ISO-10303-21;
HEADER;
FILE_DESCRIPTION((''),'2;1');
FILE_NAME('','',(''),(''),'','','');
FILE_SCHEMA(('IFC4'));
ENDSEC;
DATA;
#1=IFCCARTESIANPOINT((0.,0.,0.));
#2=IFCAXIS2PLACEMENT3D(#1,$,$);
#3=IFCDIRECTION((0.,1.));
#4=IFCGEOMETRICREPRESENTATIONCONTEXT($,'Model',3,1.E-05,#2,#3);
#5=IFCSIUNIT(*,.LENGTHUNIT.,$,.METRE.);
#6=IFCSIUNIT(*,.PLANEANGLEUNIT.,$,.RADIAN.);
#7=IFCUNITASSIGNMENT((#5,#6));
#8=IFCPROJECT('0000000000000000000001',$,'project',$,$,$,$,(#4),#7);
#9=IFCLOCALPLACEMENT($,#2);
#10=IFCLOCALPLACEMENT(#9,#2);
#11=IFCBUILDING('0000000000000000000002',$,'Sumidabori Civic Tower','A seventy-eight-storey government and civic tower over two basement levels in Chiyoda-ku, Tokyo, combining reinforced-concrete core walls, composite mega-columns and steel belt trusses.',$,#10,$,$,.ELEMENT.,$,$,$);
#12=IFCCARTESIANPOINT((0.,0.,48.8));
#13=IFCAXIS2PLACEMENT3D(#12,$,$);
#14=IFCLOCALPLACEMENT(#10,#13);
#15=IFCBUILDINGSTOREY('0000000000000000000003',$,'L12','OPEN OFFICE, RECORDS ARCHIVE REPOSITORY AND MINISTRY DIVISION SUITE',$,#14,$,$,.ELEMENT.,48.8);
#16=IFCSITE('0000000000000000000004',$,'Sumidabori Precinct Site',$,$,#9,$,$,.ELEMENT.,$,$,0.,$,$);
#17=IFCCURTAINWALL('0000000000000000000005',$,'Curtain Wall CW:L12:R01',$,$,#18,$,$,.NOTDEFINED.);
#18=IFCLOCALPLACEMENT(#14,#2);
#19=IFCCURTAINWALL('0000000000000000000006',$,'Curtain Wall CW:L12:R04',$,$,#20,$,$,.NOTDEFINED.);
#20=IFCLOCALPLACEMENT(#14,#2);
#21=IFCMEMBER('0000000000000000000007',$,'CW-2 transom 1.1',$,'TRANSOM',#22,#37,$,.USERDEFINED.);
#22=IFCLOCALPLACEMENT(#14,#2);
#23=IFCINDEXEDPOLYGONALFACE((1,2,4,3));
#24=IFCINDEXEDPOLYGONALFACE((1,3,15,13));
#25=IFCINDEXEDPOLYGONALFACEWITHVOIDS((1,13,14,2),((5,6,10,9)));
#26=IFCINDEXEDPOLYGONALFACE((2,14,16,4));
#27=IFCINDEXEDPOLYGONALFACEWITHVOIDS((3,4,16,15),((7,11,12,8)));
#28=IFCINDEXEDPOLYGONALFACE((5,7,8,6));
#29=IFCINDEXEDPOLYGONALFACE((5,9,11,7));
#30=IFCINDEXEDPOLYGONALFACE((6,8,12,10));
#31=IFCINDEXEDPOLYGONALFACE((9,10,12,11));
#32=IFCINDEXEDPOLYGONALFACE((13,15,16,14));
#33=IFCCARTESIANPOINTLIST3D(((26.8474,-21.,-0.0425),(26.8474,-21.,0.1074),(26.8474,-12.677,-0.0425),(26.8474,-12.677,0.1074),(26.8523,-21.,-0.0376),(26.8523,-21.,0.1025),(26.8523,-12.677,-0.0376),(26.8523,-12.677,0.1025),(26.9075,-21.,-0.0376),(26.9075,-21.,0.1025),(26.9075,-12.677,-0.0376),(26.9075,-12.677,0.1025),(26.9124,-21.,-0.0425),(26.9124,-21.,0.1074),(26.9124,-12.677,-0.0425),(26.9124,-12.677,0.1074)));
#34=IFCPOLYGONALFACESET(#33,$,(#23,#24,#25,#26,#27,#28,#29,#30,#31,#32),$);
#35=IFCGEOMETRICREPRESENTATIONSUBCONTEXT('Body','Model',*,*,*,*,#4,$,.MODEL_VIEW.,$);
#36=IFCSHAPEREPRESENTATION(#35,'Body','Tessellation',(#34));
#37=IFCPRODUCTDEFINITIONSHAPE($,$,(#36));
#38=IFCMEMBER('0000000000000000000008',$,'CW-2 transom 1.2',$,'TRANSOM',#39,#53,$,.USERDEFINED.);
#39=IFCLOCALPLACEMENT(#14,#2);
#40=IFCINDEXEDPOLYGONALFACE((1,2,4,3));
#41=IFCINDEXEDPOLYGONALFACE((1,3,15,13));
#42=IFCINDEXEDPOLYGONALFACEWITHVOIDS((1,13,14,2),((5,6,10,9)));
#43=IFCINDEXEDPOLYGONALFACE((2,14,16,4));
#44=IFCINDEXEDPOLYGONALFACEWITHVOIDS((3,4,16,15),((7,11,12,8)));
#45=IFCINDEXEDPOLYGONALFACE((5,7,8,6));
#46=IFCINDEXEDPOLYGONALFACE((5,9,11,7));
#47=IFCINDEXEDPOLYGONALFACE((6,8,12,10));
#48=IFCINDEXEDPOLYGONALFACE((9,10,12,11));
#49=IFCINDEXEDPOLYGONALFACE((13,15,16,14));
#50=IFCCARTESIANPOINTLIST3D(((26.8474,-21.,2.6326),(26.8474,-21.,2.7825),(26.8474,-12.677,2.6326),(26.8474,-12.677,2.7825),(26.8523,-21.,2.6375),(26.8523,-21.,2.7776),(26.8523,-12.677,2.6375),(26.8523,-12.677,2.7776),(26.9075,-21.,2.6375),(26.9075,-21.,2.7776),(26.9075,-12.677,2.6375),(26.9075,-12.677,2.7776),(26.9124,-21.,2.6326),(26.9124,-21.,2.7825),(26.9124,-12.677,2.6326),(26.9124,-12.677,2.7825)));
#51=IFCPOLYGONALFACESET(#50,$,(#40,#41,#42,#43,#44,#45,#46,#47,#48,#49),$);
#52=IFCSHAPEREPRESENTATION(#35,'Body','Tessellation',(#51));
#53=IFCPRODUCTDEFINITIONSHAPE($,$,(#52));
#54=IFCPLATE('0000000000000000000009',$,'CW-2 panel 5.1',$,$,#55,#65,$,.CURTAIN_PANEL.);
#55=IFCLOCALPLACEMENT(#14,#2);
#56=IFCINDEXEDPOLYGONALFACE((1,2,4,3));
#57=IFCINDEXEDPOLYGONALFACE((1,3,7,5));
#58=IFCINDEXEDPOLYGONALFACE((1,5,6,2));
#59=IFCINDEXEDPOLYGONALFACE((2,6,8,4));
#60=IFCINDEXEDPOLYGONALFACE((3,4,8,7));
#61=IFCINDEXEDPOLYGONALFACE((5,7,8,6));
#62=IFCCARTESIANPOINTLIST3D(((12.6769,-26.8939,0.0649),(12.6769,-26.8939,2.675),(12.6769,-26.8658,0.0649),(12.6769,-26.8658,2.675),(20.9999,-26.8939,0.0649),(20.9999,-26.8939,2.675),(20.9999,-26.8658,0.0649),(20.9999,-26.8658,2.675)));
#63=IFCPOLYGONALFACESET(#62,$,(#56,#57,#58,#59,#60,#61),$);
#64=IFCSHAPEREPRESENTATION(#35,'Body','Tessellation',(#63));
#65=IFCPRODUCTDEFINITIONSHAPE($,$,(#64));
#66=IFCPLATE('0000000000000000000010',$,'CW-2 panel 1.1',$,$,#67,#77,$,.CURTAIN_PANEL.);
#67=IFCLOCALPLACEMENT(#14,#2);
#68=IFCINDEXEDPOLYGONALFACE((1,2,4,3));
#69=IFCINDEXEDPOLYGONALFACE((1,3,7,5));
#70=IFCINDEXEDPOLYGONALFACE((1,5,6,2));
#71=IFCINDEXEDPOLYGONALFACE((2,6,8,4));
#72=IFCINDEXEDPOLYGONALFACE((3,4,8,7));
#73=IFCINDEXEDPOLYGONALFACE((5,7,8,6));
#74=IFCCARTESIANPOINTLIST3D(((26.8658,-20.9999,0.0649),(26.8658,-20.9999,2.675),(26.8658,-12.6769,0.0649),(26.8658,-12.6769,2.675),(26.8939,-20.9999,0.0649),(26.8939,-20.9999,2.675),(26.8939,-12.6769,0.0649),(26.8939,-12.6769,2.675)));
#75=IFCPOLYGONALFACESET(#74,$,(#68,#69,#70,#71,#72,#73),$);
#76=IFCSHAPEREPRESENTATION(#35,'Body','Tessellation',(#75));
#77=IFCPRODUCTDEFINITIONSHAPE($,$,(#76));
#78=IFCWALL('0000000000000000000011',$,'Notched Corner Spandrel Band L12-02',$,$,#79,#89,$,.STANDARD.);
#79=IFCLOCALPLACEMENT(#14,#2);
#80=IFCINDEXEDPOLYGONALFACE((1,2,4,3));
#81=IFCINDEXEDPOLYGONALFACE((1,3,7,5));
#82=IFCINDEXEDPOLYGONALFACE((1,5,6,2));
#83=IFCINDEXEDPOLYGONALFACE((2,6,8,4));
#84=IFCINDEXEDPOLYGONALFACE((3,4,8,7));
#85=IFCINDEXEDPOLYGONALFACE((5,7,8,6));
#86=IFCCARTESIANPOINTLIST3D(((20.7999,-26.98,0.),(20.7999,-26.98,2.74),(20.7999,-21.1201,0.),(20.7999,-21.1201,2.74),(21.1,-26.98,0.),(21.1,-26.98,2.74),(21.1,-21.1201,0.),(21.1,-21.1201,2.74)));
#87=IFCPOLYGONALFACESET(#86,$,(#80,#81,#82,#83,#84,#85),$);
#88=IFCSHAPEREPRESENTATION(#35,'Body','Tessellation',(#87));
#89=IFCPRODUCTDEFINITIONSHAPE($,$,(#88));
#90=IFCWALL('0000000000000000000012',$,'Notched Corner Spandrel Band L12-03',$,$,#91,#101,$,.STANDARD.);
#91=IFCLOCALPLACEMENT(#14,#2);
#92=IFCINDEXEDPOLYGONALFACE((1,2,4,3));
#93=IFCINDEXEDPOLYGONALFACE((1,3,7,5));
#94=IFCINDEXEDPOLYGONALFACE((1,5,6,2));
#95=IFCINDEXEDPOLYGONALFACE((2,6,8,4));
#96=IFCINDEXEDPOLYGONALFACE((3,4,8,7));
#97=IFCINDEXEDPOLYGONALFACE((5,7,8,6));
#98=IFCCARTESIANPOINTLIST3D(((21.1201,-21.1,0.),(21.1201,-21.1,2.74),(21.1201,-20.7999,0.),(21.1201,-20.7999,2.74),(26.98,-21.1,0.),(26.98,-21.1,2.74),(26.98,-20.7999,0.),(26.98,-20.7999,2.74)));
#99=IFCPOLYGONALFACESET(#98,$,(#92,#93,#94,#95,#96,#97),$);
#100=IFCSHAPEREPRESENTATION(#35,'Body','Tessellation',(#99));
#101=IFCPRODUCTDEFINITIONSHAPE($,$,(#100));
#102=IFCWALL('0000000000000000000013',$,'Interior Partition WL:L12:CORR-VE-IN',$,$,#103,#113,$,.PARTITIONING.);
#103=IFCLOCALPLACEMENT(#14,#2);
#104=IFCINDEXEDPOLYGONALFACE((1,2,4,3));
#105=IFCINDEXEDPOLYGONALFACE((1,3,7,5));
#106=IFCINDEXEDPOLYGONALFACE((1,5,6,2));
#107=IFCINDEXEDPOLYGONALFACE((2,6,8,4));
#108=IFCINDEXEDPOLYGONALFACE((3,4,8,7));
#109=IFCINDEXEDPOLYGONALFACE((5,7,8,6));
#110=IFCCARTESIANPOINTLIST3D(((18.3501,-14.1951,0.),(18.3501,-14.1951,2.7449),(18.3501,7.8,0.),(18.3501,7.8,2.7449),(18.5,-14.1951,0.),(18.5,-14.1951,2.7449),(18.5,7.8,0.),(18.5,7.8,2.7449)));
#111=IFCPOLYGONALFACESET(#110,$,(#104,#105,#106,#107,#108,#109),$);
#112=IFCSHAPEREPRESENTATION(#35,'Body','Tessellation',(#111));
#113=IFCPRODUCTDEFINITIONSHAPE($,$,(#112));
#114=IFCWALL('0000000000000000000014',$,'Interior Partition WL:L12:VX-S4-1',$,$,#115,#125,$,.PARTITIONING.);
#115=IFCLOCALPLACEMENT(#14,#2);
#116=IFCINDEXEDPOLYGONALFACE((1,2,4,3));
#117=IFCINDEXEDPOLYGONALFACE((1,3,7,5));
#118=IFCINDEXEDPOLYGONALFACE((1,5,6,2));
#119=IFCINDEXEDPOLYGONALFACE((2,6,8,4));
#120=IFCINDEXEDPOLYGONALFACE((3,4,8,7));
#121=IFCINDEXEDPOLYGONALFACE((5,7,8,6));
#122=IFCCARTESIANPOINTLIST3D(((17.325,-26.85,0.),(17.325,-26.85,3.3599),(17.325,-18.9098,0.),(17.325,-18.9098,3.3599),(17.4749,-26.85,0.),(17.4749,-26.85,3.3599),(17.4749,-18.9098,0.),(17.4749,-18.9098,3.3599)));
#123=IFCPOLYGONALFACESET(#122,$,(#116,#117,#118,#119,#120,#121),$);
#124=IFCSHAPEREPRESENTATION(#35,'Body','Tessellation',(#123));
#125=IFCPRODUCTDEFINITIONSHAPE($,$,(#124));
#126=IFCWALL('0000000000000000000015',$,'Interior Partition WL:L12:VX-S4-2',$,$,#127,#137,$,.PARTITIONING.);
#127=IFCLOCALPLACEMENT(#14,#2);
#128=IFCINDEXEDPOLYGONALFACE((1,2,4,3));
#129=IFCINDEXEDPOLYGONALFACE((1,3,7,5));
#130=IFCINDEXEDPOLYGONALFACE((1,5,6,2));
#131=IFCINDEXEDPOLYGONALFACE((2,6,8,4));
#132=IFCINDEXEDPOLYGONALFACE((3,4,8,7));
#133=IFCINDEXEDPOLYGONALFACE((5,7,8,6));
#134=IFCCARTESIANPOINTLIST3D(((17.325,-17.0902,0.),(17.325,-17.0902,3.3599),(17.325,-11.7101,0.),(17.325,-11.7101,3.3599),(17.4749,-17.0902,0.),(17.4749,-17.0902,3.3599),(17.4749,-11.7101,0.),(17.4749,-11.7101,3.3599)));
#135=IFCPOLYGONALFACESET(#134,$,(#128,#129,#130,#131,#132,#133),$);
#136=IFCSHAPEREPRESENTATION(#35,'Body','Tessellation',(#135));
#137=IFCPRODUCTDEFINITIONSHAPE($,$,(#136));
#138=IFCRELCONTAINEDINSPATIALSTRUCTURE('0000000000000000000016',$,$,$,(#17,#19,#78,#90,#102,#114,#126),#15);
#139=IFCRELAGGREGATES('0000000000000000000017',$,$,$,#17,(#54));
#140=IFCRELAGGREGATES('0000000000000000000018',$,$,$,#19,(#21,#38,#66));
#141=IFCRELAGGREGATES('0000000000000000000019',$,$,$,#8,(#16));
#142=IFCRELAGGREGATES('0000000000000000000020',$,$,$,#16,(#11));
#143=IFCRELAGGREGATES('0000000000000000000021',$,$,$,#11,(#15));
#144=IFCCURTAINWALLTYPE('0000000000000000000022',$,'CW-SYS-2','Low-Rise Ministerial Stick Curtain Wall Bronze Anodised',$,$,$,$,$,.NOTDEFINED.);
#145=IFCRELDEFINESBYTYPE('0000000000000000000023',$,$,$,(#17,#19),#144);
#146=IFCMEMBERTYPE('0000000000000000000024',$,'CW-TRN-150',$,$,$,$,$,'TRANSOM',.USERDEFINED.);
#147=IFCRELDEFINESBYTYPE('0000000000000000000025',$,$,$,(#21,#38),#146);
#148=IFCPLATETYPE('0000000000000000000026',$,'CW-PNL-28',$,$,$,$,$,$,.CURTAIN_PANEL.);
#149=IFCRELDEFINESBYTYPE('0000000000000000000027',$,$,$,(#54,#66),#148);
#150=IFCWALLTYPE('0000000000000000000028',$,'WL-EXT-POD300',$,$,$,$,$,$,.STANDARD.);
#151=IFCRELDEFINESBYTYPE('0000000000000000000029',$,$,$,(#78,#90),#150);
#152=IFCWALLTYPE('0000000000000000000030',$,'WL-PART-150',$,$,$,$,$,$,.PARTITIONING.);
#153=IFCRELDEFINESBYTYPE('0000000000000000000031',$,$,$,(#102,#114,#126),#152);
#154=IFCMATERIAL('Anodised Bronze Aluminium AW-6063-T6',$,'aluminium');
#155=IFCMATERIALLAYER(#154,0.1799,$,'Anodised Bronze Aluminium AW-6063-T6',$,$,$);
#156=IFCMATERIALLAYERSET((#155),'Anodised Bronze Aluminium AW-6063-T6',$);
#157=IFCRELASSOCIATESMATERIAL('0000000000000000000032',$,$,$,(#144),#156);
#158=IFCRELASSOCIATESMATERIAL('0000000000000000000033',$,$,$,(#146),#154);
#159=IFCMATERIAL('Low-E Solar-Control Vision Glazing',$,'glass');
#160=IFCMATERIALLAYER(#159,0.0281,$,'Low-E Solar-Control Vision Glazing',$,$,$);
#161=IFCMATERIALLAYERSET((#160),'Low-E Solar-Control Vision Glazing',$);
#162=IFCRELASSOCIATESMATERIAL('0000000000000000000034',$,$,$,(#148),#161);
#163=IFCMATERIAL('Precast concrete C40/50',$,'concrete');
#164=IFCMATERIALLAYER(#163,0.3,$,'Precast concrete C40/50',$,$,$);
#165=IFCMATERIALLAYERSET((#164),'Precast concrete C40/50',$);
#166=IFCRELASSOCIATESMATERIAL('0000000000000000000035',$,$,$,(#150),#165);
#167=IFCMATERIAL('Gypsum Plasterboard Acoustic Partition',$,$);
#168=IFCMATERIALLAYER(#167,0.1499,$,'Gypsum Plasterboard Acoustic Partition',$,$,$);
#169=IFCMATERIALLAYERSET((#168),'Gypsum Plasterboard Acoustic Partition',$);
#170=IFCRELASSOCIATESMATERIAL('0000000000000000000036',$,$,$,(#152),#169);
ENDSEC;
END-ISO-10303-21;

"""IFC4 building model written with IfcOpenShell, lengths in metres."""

from ifc_helpers import new_model, si_unit, direction, frame, frame_2d, origin, origin_2d, place, context, subcontext, project, spatial, rectangle, hollow_rectangle, extrude, source, transform, mapped, material, layer, layer_set, material_profile, profile_set, type_object, element, aggregate, save


model = new_model("IFC4")

# Units and contexts
model_context = context("Model", 3, precision=1e-05, world=origin(), true_north=direction((0.0, 1.0)))
body_context = subcontext(model_context, "Body", "Model", "MODEL_VIEW")
ifc_project = project(units=[si_unit("LENGTHUNIT", "METRE"), si_unit("PLANEANGLEUNIT", "RADIAN")], contexts=[model_context])

# Site, building, storey
site_placement = place(None, origin())
site = spatial("IfcSite", under=ifc_project, at=site_placement, Name="Sumidabori Precinct Site", CompositionType="ELEMENT", RefElevation=0.0)
building_placement = place(site_placement, origin())
building = spatial("IfcBuilding", under=site, at=building_placement, Name="Sumidabori Civic Tower", Description="A seventy-eight-storey government and civic tower over two basement levels in Chiyoda-ku, Tokyo, combining reinforced-concrete core walls, composite mega-columns and steel belt trusses.", CompositionType="ELEMENT")
storey_placement = place(building_placement, frame((0.0, 0.0, 48.8)))
storey = spatial("IfcBuildingStorey", under=building, at=storey_placement, Name="L12", Description="OPEN OFFICE, RECORDS ARCHIVE REPOSITORY AND MINISTRY DIVISION SUITE", CompositionType="ELEMENT", Elevation=48.8)

# Curtain walls
ifc_material_1 = material(Name="Anodised Bronze Aluminium AW-6063-T6", Category="aluminium")
ifc_layer_1 = layer(ifc_material_1, 0.1799, Name="Anodised Bronze Aluminium AW-6063-T6")
ifc_layer_set_1 = layer_set([ifc_layer_1], Name="Anodised Bronze Aluminium AW-6063-T6")
curtain_wall_type = type_object("IfcCurtainWallType", Name="CW-SYS-2", Description="Low-Rise Ministerial Stick Curtain Wall Bronze Anodised", PredefinedType="NOTDEFINED", material=ifc_layer_set_1)
curtain_wall_1_placement = place(storey_placement, origin())
curtain_wall_1 = element("IfcCurtainWall", 1, at=curtain_wall_1_placement, inside=storey, type_object=curtain_wall_type, Name="Curtain Wall CW:L12:R01", PredefinedType="NOTDEFINED")
curtain_wall_2_placement = place(storey_placement, origin())
curtain_wall_2 = element("IfcCurtainWall", 2, at=curtain_wall_2_placement, inside=storey, type_object=curtain_wall_type, Name="Curtain Wall CW:L12:R04", PredefinedType="NOTDEFINED")

# Members
ifc_material_profile_1 = material_profile(ifc_material_1, hollow_rectangle(XDim=0.0649, YDim=0.1499, WallThickness=0.0049, at=origin_2d()), Name="ALU TRANSOM 150x65")
ifc_profile_set_1 = profile_set([ifc_material_profile_1], Name="Anodised Bronze Aluminium AW-6063-T6")
member_type_1 = type_object("IfcMemberType", Name="CW-TRN-150", ElementType="TRANSOM", PredefinedType="USERDEFINED", material=ifc_profile_set_1)
shared_shape_1 = source(origin(), body_context, "Body", "SweptSolid", [
    extrude(hollow_rectangle(XDim=0.0649, YDim=0.1499, WallThickness=0.0049, at=origin_2d()), origin(), (0.0, 0.0, 1.0), 8.323),
])
member_1_placement = place(storey_placement, frame((26.8799, -21.0, 0.0325), z_axis=(0.0, 1.0, 0.0), x_axis=(-1.0, 0.0, 0.0)))
member_1 = element("IfcMember", 3, at=member_1_placement, type_object=member_type_1, Name="CW-2 transom 1.1", ObjectType="TRANSOM", PredefinedType="USERDEFINED", context=body_context, shape_type="MappedRepresentation", body=[
    mapped(shared_shape_1, transform((0.0, 0.0, 0.0), x_axis=(1.0, 0.0, 0.0), y_axis=(0.0, 1.0, 0.0), z_axis=(0.0, 0.0, 1.0), scale=1.0)),
])
member_2_placement = place(storey_placement, frame((26.8799, -21.0, 2.7075), z_axis=(0.0, 1.0, 0.0), x_axis=(-1.0, 0.0, 0.0)))
member_2 = element("IfcMember", 4, at=member_2_placement, type_object=member_type_1, Name="CW-2 transom 1.2", ObjectType="TRANSOM", PredefinedType="USERDEFINED", context=body_context, shape_type="MappedRepresentation", body=[
    mapped(shared_shape_1, transform((0.0, 0.0, 0.0), x_axis=(1.0, 0.0, 0.0), y_axis=(0.0, 1.0, 0.0), z_axis=(0.0, 0.0, 1.0), scale=1.0)),
])

# Plates
ifc_material_2 = material(Name="Low-E Solar-Control Vision Glazing", Category="glass")
ifc_layer_2 = layer(ifc_material_2, 0.0281, Name="Low-E Solar-Control Vision Glazing")
ifc_layer_set_2 = layer_set([ifc_layer_2], Name="Low-E Solar-Control Vision Glazing")
plate_type = type_object("IfcPlateType", Name="CW-PNL-28", PredefinedType="CURTAIN_PANEL", material=ifc_layer_set_2)
shared_shape_2 = source(origin(), body_context, "Body", "SweptSolid", [
    extrude(rectangle(XDim=8.323, YDim=0.0281, at=origin_2d()), origin(), (0.0, 0.0, 1.0), 2.6101),
])
plate_1_placement = place(storey_placement, frame((16.8384, -26.8799, 0.0649), z_axis=(0.0, 0.0, 1.0), x_axis=(1.0, 0.0, 0.0)))
plate_1 = element("IfcPlate", 5, at=plate_1_placement, type_object=plate_type, Name="CW-2 panel 5.1", PredefinedType="CURTAIN_PANEL", context=body_context, shape_type="MappedRepresentation", body=[
    mapped(shared_shape_2, transform((0.0, 0.0, 0.0), x_axis=(1.0, 0.0, 0.0), y_axis=(0.0, 1.0, 0.0), z_axis=(0.0, 0.0, 1.0), scale=1.0)),
])
aggregate(curtain_wall_1, [plate_1])
plate_2_placement = place(storey_placement, frame((26.8799, -16.8384, 0.0649), z_axis=(0.0, 0.0, 1.0), x_axis=(0.0, 1.0, 0.0)))
plate_2 = element("IfcPlate", 6, at=plate_2_placement, type_object=plate_type, Name="CW-2 panel 1.1", PredefinedType="CURTAIN_PANEL", context=body_context, shape_type="MappedRepresentation", body=[
    mapped(shared_shape_2, transform((0.0, 0.0, 0.0), x_axis=(1.0, 0.0, 0.0), y_axis=(0.0, 1.0, 0.0), z_axis=(0.0, 0.0, 1.0), scale=1.0)),
])
aggregate(curtain_wall_2, [member_1, member_2, plate_2])

# Walls
ifc_material_3 = material(Name="Precast concrete C40/50", Category="concrete")
ifc_layer_3 = layer(ifc_material_3, 0.3, Name="Precast concrete C40/50")
ifc_layer_set_3 = layer_set([ifc_layer_3], Name="Precast concrete C40/50")
wall_type_1 = type_object("IfcWallType", Name="WL-EXT-POD300", PredefinedType="STANDARD", material=ifc_layer_set_3)
shared_shape_3 = source(origin(), body_context, "Body", "SweptSolid", [
    extrude(rectangle(XDim=5.8599, YDim=0.3, at=frame_2d((2.9299, 0.0))), origin(), (0.0, 0.0, 1.0), 2.74),
])
for number, where, z_axis, x_axis, name in (
    (7, (20.95, -26.98, 0.0), (0.0, 0.0, 1.0), (0.0, 1.0, 0.0), "Notched Corner Spandrel Band L12-02"),
    (8, (21.1201, -20.95, 0.0), (0.0, 0.0, 1.0), (1.0, 0.0, 0.0), "Notched Corner Spandrel Band L12-03"),
):
    element("IfcWall", number, at=place(storey_placement, frame(where, z_axis=z_axis, x_axis=x_axis)), inside=storey, type_object=wall_type_1, Name=name, PredefinedType="STANDARD", context=body_context, shape_type="MappedRepresentation", body=[
        mapped(shared_shape_3, transform((0.0, 0.0, 0.0), x_axis=(1.0, 0.0, 0.0), y_axis=(0.0, 1.0, 0.0), z_axis=(0.0, 0.0, 1.0), scale=1.0)),
    ])

# Shared definitions
ifc_material_4 = material(Name="Gypsum Plasterboard Acoustic Partition")
ifc_layer_4 = layer(ifc_material_4, 0.1499, Name="Gypsum Plasterboard Acoustic Partition")
ifc_layer_set_4 = layer_set([ifc_layer_4], Name="Gypsum Plasterboard Acoustic Partition")
wall_type_2 = type_object("IfcWallType", Name="WL-PART-150", PredefinedType="PARTITIONING", material=ifc_layer_set_4)

# Walls
shared_shape_4 = source(origin(), body_context, "Body", "SweptSolid", [
    extrude(rectangle(XDim=21.9951, YDim=0.1499, at=frame_2d((10.9976, 0.0))), origin(), (0.0, 0.0, 1.0), 2.7449),
])
wall_1_placement = place(storey_placement, frame((18.425, -14.1951, 0.0), z_axis=(0.0, 0.0, 1.0), x_axis=(0.0, 1.0, 0.0)))
element("IfcWall", 9, at=wall_1_placement, inside=storey, type_object=wall_type_2, Name="Interior Partition WL:L12:CORR-VE-IN", PredefinedType="PARTITIONING", context=body_context, shape_type="MappedRepresentation", body=[
    mapped(shared_shape_4, transform((0.0, 0.0, 0.0), x_axis=(1.0, 0.0, 0.0), y_axis=(0.0, 1.0, 0.0), z_axis=(0.0, 0.0, 1.0), scale=1.0)),
])
shared_shape_5 = source(origin(), body_context, "Body", "SweptSolid", [
    extrude(rectangle(XDim=7.9402, YDim=0.1499, at=frame_2d((3.9702, 0.0))), origin(), (0.0, 0.0, 1.0), 3.3599),
])
wall_2_placement = place(storey_placement, frame((17.3999, -26.8501, 0.0), z_axis=(0.0, 0.0, 1.0), x_axis=(0.0, 1.0, 0.0)))
element("IfcWall", 10, at=wall_2_placement, inside=storey, type_object=wall_type_2, Name="Interior Partition WL:L12:VX-S4-1", PredefinedType="PARTITIONING", context=body_context, shape_type="MappedRepresentation", body=[
    mapped(shared_shape_5, transform((0.0, 0.0, 0.0), x_axis=(1.0, 0.0, 0.0), y_axis=(0.0, 1.0, 0.0), z_axis=(0.0, 0.0, 1.0), scale=1.0)),
])
shared_shape_6 = source(origin(), body_context, "Body", "SweptSolid", [
    extrude(rectangle(XDim=5.3801, YDim=0.1499, at=frame_2d((2.6899, 0.0))), origin(), (0.0, 0.0, 1.0), 3.3599),
])
wall_3_placement = place(storey_placement, frame((17.3999, -17.0901, 0.0), z_axis=(0.0, 0.0, 1.0), x_axis=(0.0, 1.0, 0.0)))
element("IfcWall", 11, at=wall_3_placement, inside=storey, type_object=wall_type_2, Name="Interior Partition WL:L12:VX-S4-2", PredefinedType="PARTITIONING", context=body_context, shape_type="MappedRepresentation", body=[
    mapped(shared_shape_6, transform((0.0, 0.0, 0.0), x_axis=(1.0, 0.0, 0.0), y_axis=(0.0, 1.0, 0.0), z_axis=(0.0, 0.0, 1.0), scale=1.0)),
])

save(model, "model.ifc")
